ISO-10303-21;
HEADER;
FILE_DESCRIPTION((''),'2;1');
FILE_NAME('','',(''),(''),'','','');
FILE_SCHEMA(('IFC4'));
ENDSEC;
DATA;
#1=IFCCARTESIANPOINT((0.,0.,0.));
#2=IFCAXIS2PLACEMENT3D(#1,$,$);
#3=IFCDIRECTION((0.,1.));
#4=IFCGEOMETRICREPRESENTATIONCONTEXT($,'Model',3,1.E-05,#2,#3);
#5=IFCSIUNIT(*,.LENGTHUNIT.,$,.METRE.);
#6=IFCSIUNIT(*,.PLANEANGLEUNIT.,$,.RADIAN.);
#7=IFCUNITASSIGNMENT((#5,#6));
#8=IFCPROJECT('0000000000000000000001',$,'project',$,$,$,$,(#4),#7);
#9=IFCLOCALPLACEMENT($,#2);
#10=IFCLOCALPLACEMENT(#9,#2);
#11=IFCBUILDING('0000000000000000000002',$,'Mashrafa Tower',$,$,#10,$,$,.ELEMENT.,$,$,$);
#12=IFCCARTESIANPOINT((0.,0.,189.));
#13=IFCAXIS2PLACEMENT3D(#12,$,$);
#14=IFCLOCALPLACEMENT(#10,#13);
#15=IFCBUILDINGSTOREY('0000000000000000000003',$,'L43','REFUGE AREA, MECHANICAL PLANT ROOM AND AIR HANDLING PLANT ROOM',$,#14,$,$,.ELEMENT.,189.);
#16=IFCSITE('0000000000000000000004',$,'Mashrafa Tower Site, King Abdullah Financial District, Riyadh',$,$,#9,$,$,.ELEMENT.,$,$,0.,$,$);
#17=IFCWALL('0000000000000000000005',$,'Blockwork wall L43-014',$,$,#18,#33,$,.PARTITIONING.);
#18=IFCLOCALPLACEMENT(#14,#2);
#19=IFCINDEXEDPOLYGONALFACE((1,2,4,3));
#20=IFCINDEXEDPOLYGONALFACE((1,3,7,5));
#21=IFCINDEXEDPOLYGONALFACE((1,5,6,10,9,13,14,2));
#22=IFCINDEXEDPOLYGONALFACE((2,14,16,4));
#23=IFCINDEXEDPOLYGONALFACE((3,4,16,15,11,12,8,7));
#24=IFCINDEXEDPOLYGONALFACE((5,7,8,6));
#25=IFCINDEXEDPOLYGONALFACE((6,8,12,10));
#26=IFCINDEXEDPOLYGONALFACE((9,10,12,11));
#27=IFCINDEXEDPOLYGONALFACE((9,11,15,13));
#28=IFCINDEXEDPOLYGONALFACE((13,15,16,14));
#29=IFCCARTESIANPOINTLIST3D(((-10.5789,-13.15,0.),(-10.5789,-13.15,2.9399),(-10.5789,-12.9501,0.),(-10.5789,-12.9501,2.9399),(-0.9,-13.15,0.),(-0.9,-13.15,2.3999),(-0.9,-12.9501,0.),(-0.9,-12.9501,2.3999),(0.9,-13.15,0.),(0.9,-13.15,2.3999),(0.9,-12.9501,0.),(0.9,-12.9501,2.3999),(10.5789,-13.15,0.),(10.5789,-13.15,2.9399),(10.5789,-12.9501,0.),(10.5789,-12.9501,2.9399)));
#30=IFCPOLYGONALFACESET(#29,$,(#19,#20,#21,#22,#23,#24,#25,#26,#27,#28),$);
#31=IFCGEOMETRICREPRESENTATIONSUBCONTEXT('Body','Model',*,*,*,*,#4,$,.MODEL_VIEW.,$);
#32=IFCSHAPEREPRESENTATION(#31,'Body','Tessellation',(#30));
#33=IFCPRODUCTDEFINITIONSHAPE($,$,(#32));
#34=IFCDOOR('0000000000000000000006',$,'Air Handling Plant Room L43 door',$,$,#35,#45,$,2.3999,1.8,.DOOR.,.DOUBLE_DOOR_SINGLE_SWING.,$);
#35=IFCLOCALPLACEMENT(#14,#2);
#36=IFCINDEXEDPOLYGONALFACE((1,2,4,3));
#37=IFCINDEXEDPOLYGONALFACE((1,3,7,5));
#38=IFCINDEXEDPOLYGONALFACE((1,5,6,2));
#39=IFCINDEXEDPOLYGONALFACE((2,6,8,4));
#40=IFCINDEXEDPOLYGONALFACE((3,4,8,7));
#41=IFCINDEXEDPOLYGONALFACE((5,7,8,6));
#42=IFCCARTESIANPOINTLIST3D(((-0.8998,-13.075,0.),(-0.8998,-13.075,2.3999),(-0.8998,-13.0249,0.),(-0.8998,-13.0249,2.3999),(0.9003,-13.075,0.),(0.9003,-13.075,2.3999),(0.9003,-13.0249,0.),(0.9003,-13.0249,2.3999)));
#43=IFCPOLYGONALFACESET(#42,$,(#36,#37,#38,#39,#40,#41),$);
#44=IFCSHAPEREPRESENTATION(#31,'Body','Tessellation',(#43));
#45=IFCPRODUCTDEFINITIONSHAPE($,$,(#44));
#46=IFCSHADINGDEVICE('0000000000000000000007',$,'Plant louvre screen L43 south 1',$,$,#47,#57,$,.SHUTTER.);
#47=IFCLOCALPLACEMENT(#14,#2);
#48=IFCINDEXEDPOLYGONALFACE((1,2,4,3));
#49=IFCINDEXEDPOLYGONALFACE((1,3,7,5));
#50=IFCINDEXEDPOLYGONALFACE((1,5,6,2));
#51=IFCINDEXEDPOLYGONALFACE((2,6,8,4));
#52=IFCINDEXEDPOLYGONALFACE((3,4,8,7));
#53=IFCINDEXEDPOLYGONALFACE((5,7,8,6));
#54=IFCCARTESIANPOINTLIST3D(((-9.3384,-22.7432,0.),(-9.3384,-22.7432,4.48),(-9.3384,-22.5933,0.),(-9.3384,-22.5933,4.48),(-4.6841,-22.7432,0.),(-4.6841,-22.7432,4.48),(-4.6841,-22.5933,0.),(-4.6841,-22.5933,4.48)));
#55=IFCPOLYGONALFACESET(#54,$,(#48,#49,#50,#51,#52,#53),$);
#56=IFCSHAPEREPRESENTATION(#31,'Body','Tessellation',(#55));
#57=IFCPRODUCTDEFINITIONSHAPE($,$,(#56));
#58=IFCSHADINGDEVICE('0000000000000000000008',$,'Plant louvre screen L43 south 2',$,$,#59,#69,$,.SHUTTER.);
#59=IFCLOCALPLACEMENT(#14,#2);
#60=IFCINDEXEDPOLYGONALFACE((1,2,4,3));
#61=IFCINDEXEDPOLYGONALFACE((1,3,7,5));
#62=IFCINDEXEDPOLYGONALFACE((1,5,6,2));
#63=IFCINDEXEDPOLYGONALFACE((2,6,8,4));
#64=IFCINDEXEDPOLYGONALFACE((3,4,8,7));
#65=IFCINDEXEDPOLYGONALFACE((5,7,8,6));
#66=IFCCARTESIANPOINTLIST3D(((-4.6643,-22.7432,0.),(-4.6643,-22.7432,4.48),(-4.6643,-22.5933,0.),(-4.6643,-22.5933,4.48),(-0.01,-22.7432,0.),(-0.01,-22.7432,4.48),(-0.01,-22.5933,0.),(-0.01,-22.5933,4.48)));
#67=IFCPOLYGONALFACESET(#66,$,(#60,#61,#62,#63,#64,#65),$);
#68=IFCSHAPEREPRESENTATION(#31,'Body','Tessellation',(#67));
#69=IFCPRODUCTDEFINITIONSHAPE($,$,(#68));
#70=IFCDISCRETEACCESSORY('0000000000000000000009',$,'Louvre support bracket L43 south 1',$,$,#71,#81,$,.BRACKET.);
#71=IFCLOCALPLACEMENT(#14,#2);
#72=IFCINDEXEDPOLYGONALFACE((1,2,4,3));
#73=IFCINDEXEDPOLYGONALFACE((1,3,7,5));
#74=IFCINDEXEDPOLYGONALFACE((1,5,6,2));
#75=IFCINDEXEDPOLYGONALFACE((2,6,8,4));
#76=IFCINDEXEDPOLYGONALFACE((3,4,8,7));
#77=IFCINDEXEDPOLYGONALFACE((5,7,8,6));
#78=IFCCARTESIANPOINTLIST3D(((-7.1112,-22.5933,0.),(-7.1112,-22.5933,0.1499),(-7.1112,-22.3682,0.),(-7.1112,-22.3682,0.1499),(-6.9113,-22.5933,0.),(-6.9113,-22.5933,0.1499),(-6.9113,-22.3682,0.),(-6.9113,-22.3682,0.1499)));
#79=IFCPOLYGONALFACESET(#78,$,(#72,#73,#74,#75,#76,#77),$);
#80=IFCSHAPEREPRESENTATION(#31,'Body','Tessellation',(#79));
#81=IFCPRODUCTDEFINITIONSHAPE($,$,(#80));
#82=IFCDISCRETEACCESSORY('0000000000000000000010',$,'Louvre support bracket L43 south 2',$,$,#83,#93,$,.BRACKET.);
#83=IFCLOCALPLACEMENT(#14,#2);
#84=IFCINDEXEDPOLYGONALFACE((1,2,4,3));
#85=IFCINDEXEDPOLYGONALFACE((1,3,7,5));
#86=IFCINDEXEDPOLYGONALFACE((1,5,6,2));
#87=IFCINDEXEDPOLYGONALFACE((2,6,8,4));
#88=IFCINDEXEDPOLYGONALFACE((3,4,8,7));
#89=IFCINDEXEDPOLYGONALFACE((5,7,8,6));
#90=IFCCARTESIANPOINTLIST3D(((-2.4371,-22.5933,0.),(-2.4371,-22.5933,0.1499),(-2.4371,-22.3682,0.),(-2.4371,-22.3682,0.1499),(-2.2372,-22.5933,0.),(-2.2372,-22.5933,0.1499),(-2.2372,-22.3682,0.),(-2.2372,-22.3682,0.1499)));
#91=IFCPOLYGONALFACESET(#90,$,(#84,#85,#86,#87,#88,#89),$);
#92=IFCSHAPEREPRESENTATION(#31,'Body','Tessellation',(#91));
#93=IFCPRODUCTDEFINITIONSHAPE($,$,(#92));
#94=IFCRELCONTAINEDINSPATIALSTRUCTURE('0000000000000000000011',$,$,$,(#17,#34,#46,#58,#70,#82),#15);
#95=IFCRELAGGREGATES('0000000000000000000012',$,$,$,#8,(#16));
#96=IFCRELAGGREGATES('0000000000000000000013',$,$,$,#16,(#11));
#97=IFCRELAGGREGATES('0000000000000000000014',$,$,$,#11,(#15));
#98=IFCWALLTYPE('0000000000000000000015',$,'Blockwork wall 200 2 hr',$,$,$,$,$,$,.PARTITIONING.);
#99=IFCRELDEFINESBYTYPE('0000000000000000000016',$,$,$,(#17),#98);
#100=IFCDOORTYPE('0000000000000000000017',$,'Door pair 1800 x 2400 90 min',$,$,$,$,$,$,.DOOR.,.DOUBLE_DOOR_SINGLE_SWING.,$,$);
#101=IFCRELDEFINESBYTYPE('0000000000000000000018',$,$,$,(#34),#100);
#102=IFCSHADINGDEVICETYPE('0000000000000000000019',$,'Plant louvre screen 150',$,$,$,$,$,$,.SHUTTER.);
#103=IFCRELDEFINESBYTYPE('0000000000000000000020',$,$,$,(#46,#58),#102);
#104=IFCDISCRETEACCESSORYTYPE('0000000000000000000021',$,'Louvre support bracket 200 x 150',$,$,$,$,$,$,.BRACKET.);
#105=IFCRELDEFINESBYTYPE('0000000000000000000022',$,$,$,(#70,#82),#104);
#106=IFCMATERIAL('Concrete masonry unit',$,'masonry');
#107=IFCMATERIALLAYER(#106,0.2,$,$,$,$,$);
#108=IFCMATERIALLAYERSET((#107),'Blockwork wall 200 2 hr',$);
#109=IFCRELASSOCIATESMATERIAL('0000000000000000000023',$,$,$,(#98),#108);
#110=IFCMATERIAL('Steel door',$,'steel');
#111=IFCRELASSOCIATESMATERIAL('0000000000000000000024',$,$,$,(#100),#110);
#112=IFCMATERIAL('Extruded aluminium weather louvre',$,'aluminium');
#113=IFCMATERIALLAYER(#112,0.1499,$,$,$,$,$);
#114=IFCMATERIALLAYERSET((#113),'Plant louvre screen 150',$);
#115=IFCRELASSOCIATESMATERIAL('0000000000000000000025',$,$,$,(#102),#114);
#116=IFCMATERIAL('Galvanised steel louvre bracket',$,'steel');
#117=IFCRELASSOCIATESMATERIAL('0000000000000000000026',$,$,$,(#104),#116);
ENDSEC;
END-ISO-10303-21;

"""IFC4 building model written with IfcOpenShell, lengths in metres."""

from ifc_helpers import new_model, si_unit, direction, frame, frame_2d, origin, origin_2d, place, context, subcontext, project, spatial, rectangle, extrude, source, transform, mapped, material, layer, layer_set, type_object, type_shapes, element, fill, save


model = new_model("IFC4")

# Units and contexts
model_context = context("Model", 3, precision=1e-05, world=origin(), true_north=direction((0.0, 1.0)))
body_context = subcontext(model_context, "Body", "Model", "MODEL_VIEW")
ifc_project = project(units=[si_unit("LENGTHUNIT", "METRE"), si_unit("PLANEANGLEUNIT", "RADIAN")], contexts=[model_context])

# Site, building, storey
site_placement = place(None, origin())
site = spatial("IfcSite", under=ifc_project, at=site_placement, Name="Mashrafa Tower Site, King Abdullah Financial District, Riyadh", CompositionType="ELEMENT", RefElevation=0.0)
building_placement = place(site_placement, origin())
building = spatial("IfcBuilding", under=site, at=building_placement, Name="Mashrafa Tower", CompositionType="ELEMENT")
storey_placement = place(building_placement, frame((0.0, 0.0, 189.0)))
storey = spatial("IfcBuildingStorey", under=building, at=storey_placement, Name="L43", Description="REFUGE AREA, MECHANICAL PLANT ROOM AND AIR HANDLING PLANT ROOM", CompositionType="ELEMENT", Elevation=189.0)

# Wall, opening, door
ifc_material_1 = material(Name="Concrete masonry unit", Category="masonry")
ifc_layer_1 = layer(ifc_material_1, 0.2)
ifc_layer_set_1 = layer_set([ifc_layer_1], Name="Blockwork wall 200 2 hr")
wall_type = type_object("IfcWallType", Name="Blockwork wall 200 2 hr", PredefinedType="PARTITIONING", material=ifc_layer_set_1)
wall_placement = place(storey_placement, frame((-10.5789, -13.05, 0.0), z_axis=(0.0, 0.0, 1.0), x_axis=(1.0, 0.0, 0.0)))
wall = element("IfcWall", 1, at=wall_placement, inside=storey, type_object=wall_type, Name="Blockwork wall L43-014", PredefinedType="PARTITIONING", context=body_context, shape_type="SweptSolid", body=[
    extrude(rectangle(XDim=21.1577, YDim=0.2, at=frame_2d((10.5789, 0.0))), origin(), (0.0, 0.0, 1.0), 2.9399),
])
opening_placement = place(wall_placement, frame((9.679, 0.0, 0.0)))
opening = element("IfcOpeningElement", 2, at=opening_placement, cuts=wall, PredefinedType="OPENING", context=body_context, shape_type="SweptSolid", body=[
    extrude(rectangle(XDim=1.8, YDim=2.3999, at=frame_2d((0.8999, 1.2))), frame((0.0, 0.1099, 0.0), z_axis=(0.0, -1.0, 0.0), x_axis=(1.0, 0.0, 0.0)), (0.0, 0.0, 1.0), 0.22),
])
ifc_material_2 = material(Name="Steel door", Category="steel")
door_type = type_object("IfcDoorType", Name="Door pair 1800 x 2400 90 min", OperationType="DOUBLE_DOOR_SINGLE_SWING", PredefinedType="DOOR", material=ifc_material_2)
door_placement = place(opening_placement, frame((1.8, 0.0, 0.0), z_axis=(0.0, 0.0, 1.0), x_axis=(-1.0, 0.0, 0.0)))
door = element("IfcDoor", 3, at=door_placement, inside=storey, type_object=door_type, Name="Air Handling Plant Room L43 door", OperationType="DOUBLE_DOOR_SINGLE_SWING", OverallHeight=2.3999, OverallWidth=1.8, PredefinedType="DOOR", context=body_context, shape_type="SweptSolid", body=[
    extrude(rectangle(XDim=1.8, YDim=2.3999, at=frame_2d((0.8999, 1.2))), frame((0.0, 0.0249, 0.0), z_axis=(0.0, -1.0, 0.0), x_axis=(1.0, 0.0, 0.0)), (0.0, 0.0, 1.0), 0.05),
])
fill(opening, door)

# Shading devices
ifc_material_3 = material(Name="Extruded aluminium weather louvre", Category="aluminium")
ifc_layer_2 = layer(ifc_material_3, 0.1499)
ifc_layer_set_2 = layer_set([ifc_layer_2], Name="Plant louvre screen 150")
shading_device_type = type_object("IfcShadingDeviceType", Name="Plant louvre screen 150", PredefinedType="SHUTTER", material=ifc_layer_set_2)
shared_shape_1 = source(origin(), body_context, "Body", "SweptSolid", [
    extrude(rectangle(XDim=4.6543, YDim=0.1499, at=origin_2d()), origin(), (0.0, 0.0, 1.0), 4.48),
])
type_shapes(shading_device_type, [shared_shape_1])
for number, where, z_axis, x_axis, name in (
    (4, (-7.0112, -22.6682, 0.0), (0.0, 0.0, 1.0), (1.0, 0.0, 0.0), "Plant louvre screen L43 south 1"),
    (5, (-2.3372, -22.6682, 0.0), (0.0, 0.0, 1.0), (1.0, 0.0, 0.0), "Plant louvre screen L43 south 2"),
):
    element("IfcShadingDevice", number, at=place(storey_placement, frame(where, z_axis=z_axis, x_axis=x_axis)), inside=storey, type_object=shading_device_type, Name=name, PredefinedType="SHUTTER", context=body_context, shape_type="MappedRepresentation", body=[
        mapped(shared_shape_1, transform((0.0, 0.0, 0.0))),
    ])

# Discrete accessories
ifc_material_4 = material(Name="Galvanised steel louvre bracket", Category="steel")
discrete_accessory_type = type_object("IfcDiscreteAccessoryType", Name="Louvre support bracket 200 x 150", PredefinedType="BRACKET", material=ifc_material_4)
shared_shape_2 = source(origin(), body_context, "Body", "SweptSolid", [
    extrude(rectangle(XDim=0.2, YDim=0.2251, at=origin_2d()), origin(), (0.0, 0.0, 1.0), 0.1499),
])
type_shapes(discrete_accessory_type, [shared_shape_2])
for number, where, z_axis, x_axis, name in (
    (6, (-7.0112, -22.4807, 0.0), (0.0, 0.0, 1.0), (1.0, 0.0, 0.0), "Louvre support bracket L43 south 1"),
    (7, (-2.3372, -22.4807, 0.0), (0.0, 0.0, 1.0), (1.0, 0.0, 0.0), "Louvre support bracket L43 south 2"),
):
    element("IfcDiscreteAccessory", number, at=place(storey_placement, frame(where, z_axis=z_axis, x_axis=x_axis)), inside=storey, type_object=discrete_accessory_type, Name=name, PredefinedType="BRACKET", context=body_context, shape_type="MappedRepresentation", body=[
        mapped(shared_shape_2, transform((0.0, 0.0, 0.0))),
    ])

save(model, "model.ifc")
